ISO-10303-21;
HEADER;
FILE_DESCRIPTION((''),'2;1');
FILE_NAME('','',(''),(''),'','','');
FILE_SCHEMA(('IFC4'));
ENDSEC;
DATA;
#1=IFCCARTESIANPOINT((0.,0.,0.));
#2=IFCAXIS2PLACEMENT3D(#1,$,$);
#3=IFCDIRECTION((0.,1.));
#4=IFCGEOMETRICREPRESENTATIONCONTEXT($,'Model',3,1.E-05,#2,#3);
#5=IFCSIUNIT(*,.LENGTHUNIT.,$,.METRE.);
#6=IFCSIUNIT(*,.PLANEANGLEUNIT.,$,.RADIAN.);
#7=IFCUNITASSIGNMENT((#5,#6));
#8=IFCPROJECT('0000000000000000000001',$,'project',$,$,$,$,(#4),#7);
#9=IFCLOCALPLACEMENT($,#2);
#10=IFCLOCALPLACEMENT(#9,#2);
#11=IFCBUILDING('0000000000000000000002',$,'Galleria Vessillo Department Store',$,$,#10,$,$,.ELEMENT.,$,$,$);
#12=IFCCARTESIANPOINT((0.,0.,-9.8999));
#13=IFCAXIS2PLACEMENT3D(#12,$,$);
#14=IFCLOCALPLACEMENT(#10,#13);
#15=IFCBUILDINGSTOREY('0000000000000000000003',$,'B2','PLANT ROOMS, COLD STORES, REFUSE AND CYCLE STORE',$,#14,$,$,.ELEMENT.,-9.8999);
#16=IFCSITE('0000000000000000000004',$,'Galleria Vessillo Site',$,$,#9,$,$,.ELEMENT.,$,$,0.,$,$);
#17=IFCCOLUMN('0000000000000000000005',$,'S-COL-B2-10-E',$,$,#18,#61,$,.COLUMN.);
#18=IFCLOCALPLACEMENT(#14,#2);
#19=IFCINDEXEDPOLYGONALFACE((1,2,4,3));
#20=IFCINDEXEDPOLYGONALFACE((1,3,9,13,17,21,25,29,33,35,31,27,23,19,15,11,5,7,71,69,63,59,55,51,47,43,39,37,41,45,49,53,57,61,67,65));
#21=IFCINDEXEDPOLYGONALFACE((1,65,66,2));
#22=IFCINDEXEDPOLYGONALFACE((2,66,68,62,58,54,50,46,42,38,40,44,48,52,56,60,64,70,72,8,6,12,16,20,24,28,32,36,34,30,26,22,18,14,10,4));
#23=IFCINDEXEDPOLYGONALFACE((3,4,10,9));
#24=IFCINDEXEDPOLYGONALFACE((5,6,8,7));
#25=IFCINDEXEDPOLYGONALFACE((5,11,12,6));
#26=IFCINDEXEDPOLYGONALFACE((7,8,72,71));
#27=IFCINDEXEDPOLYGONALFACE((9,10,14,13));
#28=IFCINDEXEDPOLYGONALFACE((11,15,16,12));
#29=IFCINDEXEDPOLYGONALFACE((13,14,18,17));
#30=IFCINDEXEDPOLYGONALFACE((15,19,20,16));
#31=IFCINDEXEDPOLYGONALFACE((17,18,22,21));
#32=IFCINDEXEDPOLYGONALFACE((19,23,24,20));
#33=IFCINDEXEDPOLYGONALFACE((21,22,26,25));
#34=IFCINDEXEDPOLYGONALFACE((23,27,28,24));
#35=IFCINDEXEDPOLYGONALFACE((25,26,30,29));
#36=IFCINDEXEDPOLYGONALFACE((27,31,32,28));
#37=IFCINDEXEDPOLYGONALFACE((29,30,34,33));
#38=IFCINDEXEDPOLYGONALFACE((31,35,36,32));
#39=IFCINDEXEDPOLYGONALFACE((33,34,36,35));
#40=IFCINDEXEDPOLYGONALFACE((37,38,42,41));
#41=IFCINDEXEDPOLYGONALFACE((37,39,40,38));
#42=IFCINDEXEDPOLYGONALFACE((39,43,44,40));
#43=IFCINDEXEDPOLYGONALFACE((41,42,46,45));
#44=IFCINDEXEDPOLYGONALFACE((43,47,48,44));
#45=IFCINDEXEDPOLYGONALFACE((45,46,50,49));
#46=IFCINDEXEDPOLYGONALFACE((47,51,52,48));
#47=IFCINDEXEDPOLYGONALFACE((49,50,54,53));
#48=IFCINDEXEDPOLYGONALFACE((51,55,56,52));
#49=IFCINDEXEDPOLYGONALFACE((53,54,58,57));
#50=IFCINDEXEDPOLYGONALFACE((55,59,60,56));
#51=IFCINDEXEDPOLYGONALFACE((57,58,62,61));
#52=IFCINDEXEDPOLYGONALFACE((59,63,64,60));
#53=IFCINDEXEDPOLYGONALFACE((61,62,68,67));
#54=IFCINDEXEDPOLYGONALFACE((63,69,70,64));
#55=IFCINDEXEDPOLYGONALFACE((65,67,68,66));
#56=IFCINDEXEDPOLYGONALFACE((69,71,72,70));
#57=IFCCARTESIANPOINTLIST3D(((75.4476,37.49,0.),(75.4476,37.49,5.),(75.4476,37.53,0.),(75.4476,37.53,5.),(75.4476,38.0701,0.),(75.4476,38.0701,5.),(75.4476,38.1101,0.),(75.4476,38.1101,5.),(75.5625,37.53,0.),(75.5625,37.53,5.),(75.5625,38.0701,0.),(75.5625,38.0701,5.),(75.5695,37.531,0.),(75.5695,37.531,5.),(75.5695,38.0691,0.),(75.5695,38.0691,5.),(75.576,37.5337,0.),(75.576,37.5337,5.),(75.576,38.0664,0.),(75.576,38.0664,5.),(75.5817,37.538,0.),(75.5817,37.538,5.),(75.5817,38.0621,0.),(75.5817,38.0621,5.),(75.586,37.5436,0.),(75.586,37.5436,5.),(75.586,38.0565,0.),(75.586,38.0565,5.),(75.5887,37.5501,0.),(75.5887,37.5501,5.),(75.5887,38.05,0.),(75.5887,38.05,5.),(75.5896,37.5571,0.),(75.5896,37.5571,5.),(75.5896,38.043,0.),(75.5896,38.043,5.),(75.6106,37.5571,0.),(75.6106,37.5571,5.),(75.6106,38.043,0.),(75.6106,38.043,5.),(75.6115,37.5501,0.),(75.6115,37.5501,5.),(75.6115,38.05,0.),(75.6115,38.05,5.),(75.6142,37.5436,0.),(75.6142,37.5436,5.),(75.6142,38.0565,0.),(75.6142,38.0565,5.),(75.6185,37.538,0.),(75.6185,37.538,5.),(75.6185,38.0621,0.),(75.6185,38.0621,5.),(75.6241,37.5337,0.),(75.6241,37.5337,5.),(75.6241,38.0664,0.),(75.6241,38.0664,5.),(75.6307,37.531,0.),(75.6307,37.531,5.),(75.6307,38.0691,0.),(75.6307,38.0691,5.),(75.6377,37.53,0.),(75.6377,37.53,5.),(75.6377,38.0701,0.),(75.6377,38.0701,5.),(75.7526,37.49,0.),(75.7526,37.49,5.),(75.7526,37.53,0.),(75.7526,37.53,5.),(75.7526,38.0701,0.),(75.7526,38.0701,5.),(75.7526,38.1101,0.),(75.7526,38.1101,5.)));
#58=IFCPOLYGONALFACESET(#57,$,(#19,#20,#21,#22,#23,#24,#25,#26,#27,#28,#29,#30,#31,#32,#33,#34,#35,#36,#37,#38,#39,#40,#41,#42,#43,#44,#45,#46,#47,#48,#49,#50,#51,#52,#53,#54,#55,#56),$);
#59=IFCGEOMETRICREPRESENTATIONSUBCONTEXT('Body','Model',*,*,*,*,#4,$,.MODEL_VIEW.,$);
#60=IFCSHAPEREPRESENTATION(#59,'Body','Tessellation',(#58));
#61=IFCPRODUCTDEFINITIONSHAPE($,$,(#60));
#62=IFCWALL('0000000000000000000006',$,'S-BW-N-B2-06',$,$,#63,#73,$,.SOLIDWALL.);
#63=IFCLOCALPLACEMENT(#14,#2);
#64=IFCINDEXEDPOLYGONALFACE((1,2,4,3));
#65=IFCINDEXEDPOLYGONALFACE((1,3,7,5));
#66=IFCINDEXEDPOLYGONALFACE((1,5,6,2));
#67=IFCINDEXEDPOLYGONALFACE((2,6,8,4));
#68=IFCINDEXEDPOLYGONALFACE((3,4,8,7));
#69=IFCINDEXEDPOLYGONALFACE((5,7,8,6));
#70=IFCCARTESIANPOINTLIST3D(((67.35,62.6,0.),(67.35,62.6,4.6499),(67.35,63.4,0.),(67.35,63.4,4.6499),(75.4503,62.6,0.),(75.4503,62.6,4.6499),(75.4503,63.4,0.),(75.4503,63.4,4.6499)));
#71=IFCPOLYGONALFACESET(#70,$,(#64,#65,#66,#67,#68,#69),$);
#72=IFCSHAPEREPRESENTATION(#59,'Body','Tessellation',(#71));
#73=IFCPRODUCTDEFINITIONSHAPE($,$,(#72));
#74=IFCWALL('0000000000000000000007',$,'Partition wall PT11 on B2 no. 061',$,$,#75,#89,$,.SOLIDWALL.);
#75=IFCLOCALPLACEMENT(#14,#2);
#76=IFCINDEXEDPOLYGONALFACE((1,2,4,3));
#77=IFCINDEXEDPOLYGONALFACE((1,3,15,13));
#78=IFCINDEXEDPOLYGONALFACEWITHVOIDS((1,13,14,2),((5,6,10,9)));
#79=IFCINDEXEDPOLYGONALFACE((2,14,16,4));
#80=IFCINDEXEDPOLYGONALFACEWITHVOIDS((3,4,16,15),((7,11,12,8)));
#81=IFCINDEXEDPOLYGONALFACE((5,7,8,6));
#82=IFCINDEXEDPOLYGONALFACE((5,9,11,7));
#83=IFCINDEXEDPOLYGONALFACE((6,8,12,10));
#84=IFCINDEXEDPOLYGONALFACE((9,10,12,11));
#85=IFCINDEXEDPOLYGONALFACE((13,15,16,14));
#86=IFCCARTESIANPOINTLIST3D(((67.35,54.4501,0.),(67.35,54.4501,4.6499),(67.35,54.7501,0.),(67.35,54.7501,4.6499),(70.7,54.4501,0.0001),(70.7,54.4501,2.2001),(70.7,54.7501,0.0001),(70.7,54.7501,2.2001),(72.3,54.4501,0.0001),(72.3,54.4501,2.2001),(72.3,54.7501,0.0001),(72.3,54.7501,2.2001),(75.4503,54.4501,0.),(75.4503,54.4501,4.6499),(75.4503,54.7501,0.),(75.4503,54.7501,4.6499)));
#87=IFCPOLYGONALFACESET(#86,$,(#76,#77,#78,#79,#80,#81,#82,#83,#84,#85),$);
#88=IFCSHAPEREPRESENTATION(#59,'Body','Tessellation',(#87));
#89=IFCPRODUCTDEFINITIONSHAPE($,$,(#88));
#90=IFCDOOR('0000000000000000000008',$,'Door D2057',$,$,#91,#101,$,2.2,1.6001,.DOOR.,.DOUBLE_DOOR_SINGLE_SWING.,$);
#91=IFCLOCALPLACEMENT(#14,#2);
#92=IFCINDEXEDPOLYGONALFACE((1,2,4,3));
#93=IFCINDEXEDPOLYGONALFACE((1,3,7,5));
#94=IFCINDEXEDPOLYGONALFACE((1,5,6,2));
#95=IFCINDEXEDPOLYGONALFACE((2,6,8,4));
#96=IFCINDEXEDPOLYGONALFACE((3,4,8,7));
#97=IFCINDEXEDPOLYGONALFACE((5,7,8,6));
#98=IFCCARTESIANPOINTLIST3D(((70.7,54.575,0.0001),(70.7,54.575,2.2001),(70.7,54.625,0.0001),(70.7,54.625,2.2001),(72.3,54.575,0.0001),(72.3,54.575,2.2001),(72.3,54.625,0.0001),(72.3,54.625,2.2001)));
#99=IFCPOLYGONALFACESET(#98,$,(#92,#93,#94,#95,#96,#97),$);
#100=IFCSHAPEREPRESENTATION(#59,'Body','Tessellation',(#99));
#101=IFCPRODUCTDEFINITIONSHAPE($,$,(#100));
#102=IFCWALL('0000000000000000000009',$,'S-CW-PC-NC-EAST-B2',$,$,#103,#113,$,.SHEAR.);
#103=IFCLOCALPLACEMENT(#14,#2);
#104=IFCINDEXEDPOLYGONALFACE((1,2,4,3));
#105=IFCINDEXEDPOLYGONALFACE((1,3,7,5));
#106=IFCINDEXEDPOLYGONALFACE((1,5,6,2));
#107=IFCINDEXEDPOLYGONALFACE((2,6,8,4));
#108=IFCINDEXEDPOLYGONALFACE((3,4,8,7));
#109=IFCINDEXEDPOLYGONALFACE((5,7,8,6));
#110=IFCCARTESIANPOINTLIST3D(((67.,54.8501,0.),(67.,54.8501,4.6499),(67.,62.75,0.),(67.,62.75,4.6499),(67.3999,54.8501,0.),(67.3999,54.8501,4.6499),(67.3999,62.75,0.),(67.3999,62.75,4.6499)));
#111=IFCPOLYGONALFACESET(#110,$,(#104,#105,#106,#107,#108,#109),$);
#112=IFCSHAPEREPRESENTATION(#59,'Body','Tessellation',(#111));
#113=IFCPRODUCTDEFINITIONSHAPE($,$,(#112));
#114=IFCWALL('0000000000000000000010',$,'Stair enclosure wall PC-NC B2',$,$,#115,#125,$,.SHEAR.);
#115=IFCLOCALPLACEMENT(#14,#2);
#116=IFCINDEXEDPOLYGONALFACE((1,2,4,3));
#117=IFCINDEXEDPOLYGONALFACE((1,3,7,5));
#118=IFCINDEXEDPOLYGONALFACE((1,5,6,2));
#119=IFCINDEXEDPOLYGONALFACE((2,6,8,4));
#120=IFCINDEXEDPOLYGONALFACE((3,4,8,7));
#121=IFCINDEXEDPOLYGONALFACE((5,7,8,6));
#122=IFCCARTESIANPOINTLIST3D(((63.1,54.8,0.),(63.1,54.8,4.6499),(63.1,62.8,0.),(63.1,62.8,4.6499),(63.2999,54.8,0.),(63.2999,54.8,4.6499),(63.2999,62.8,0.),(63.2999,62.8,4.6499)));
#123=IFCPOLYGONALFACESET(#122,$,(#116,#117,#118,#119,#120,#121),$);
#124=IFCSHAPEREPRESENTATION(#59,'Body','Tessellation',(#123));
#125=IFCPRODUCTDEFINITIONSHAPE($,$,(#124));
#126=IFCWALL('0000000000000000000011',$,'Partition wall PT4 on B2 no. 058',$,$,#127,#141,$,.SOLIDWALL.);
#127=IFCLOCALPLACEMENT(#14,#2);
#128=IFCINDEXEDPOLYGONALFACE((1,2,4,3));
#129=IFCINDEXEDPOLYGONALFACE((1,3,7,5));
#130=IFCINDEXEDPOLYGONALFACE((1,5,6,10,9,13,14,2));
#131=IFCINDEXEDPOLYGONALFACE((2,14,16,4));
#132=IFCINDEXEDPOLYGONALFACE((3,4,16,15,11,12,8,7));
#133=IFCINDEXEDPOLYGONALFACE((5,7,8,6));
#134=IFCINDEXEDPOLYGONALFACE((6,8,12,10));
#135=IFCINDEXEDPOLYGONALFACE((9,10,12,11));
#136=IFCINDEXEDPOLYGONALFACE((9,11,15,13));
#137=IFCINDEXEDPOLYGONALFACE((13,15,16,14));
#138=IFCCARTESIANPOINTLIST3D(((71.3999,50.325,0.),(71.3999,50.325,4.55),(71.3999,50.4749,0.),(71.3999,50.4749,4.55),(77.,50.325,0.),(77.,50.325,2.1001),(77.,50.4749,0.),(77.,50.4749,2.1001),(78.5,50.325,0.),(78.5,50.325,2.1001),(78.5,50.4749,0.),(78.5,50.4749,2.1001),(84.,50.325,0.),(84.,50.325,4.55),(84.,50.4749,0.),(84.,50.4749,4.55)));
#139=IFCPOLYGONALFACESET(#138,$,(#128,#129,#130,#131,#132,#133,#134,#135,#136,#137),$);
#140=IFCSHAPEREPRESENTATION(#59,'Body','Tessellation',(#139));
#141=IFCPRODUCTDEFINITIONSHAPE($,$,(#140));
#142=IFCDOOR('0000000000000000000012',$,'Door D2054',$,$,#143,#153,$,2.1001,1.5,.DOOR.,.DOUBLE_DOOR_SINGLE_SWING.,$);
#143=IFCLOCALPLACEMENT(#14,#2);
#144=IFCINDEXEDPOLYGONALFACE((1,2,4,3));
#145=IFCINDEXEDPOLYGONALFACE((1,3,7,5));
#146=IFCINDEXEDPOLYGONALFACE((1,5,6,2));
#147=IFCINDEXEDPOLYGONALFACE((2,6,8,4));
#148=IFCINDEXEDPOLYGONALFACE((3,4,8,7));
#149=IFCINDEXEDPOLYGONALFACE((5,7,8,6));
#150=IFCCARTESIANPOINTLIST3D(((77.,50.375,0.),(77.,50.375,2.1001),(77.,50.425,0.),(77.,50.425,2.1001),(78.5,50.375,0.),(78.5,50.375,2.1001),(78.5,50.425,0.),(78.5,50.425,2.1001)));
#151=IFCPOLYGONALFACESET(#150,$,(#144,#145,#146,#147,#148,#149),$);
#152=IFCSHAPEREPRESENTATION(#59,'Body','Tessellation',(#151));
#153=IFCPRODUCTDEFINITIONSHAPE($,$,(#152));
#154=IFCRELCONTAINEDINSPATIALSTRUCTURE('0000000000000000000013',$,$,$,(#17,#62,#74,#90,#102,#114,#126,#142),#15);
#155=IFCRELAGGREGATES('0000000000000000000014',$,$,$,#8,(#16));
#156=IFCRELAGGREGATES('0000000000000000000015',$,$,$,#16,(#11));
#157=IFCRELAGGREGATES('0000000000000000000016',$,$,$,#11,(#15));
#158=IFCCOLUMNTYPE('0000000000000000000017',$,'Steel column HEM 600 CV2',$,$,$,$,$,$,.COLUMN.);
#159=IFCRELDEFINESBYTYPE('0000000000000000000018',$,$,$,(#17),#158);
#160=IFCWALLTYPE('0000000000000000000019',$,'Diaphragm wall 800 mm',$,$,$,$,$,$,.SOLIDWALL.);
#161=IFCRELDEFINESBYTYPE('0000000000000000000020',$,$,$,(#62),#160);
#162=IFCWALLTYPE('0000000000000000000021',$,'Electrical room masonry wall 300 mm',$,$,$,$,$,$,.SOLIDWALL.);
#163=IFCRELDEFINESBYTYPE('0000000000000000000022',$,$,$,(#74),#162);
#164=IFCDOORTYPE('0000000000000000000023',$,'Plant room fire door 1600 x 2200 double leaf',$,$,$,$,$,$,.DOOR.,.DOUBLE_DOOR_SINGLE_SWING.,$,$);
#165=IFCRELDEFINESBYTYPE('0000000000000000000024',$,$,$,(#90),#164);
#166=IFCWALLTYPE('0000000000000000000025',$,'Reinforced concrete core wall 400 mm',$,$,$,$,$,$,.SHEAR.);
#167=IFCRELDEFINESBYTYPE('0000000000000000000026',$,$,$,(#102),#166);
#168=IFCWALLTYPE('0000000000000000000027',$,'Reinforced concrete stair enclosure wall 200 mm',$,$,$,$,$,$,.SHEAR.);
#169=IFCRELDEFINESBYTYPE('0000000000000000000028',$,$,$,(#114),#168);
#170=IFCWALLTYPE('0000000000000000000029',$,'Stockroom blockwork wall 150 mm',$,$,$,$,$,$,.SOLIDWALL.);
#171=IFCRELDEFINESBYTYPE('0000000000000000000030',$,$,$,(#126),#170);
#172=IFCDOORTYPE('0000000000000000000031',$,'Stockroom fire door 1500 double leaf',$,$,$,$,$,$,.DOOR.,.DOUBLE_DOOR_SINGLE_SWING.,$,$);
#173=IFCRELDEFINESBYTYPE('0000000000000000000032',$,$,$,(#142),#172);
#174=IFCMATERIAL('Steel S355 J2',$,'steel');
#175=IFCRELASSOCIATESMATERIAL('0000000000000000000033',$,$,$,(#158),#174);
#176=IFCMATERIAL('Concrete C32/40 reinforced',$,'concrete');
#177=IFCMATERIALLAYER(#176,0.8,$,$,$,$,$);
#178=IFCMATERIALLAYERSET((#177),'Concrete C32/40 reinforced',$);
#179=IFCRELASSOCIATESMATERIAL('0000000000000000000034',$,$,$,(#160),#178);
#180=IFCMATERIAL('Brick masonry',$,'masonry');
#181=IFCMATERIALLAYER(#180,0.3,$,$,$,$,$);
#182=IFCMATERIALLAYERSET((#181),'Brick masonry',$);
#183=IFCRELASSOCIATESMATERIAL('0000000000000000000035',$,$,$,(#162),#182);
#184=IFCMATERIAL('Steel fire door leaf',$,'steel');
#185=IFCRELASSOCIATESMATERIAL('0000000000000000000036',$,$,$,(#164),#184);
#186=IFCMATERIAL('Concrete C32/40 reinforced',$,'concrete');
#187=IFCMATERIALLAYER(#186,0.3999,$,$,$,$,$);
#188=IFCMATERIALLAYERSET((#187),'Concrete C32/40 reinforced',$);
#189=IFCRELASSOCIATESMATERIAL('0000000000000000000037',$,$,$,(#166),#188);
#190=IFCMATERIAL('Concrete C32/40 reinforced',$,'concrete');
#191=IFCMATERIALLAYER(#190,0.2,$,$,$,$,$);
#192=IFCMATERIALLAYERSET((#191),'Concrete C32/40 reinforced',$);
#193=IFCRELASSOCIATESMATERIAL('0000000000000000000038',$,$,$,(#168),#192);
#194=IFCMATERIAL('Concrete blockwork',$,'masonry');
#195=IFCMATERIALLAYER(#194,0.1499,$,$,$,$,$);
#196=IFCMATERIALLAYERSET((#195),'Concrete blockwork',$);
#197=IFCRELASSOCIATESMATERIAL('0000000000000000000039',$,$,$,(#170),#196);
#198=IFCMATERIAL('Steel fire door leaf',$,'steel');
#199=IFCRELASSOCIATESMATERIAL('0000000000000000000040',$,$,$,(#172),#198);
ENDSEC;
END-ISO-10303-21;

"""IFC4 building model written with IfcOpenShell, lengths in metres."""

from ifc_helpers import new_model, si_unit, direction, frame, frame_2d, origin, origin_2d, place, context, subcontext, project, spatial, rectangle, i_section, extrude, material, layer, layer_set, material_profile, profile_set, type_object, element, fill, save


model = new_model("IFC4")

# Units and contexts
model_context = context("Model", 3, precision=1e-05, world=origin(), true_north=direction((0.0, 1.0)))
body_context = subcontext(model_context, "Body", "Model", "MODEL_VIEW")
ifc_project = project(units=[si_unit("LENGTHUNIT", "METRE"), si_unit("PLANEANGLEUNIT", "RADIAN")], contexts=[model_context])

# Site, building, storey
site_placement = place(None, origin())
site = spatial("IfcSite", under=ifc_project, at=site_placement, Name="Galleria Vessillo Site", CompositionType="ELEMENT", RefElevation=0.0)
building_placement = place(site_placement, origin())
building = spatial("IfcBuilding", under=site, at=building_placement, Name="Galleria Vessillo Department Store", CompositionType="ELEMENT")
storey_placement = place(building_placement, frame((0.0, 0.0, -9.8999)))
storey = spatial("IfcBuildingStorey", under=building, at=storey_placement, Name="B2", Description="PLANT ROOMS, COLD STORES, REFUSE AND CYCLE STORE", CompositionType="ELEMENT", Elevation=-9.8999)

# Column
ifc_material_1 = material(Name="Steel S355 J2", Category="steel")
ifc_material_profile_1 = material_profile(ifc_material_1, i_section(OverallWidth=0.3049, OverallDepth=0.6201, WebThickness=0.021, FlangeThickness=0.04, FilletRadius=0.0271, at=origin_2d()), Name="HEM 600")
ifc_profile_set_1 = profile_set([ifc_material_profile_1], Name="Steel S355 J2")
column_type_1 = type_object("IfcColumnType", Name="Steel column HEM 600 CV2", PredefinedType="COLUMN", material=ifc_profile_set_1)
column_1_placement = place(storey_placement, frame((75.6001, 37.8, 0.0), z_axis=(0.0, 0.0, 1.0), x_axis=(1.0, 0.0, 0.0)))
element("IfcColumn", 1, at=column_1_placement, inside=storey, type_object=column_type_1, Name="S-COL-B2-10-E", PredefinedType="COLUMN", context=body_context, shape_type="SweptSolid", body=[
    extrude(i_section(OverallWidth=0.3049, OverallDepth=0.6201, WebThickness=0.021, FlangeThickness=0.04, FilletRadius=0.0271, at=origin_2d()), origin(), (0.0, 0.0, 1.0), 5.0),
])

# Wall
ifc_material_2 = material(Name="Concrete C32/40 reinforced", Category="concrete")
ifc_layer_1 = layer(ifc_material_2, 0.8)
ifc_layer_set_1 = layer_set([ifc_layer_1], Name="Concrete C32/40 reinforced")
wall_type_1 = type_object("IfcWallType", Name="Diaphragm wall 800 mm", PredefinedType="SOLIDWALL", material=ifc_layer_set_1)
wall_1_placement = place(storey_placement, frame((67.3499, 63.0, 0.0), z_axis=(0.0, 0.0, 1.0), x_axis=(1.0, 0.0, 0.0)))
element("IfcWall", 2, at=wall_1_placement, inside=storey, type_object=wall_type_1, Name="S-BW-N-B2-06", PredefinedType="SOLIDWALL", context=body_context, shape_type="SweptSolid", body=[
    extrude(rectangle(XDim=8.1003, YDim=0.8, at=frame_2d((4.0503, 0.0))), origin(), (0.0, 0.0, 1.0), 4.6499),
])

# Wall, opening, door
ifc_material_3 = material(Name="Brick masonry", Category="masonry")
ifc_layer_2 = layer(ifc_material_3, 0.3)
ifc_layer_set_2 = layer_set([ifc_layer_2], Name="Brick masonry")
wall_type_2 = type_object("IfcWallType", Name="Electrical room masonry wall 300 mm", PredefinedType="SOLIDWALL", material=ifc_layer_set_2)
wall_2_placement = place(storey_placement, frame((67.3499, 54.6001, 0.0), z_axis=(0.0, 0.0, 1.0), x_axis=(1.0, 0.0, 0.0)))
wall_2 = element("IfcWall", 3, at=wall_2_placement, inside=storey, type_object=wall_type_2, Name="Partition wall PT11 on B2 no. 061", PredefinedType="SOLIDWALL", context=body_context, shape_type="SweptSolid", body=[
    extrude(rectangle(XDim=8.1003, YDim=0.3, at=frame_2d((4.0503, 0.0))), origin(), (0.0, 0.0, 1.0), 4.6499),
])
opening_1_placement = place(wall_2_placement, frame((3.3501, 0.0, 0.0)))
opening_1 = element("IfcOpeningElement", 4, at=opening_1_placement, cuts=wall_2, PredefinedType="OPENING", context=body_context, shape_type="SweptSolid", body=[
    extrude(rectangle(XDim=1.6001, YDim=2.2, at=frame_2d((0.8, 1.1001))), frame((0.0, 0.1602, 0.0), z_axis=(0.0, -1.0, 0.0), x_axis=(1.0, 0.0, 0.0)), (0.0, 0.0, 1.0), 0.3201),
])
ifc_material_4 = material(Name="Steel fire door leaf", Category="steel")
door_type_1 = type_object("IfcDoorType", Name="Plant room fire door 1600 x 2200 double leaf", OperationType="DOUBLE_DOOR_SINGLE_SWING", PredefinedType="DOOR", material=ifc_material_4)
door_1_placement = place(opening_1_placement, origin())
door_1 = element("IfcDoor", 5, at=door_1_placement, inside=storey, type_object=door_type_1, Name="Door D2057", OperationType="DOUBLE_DOOR_SINGLE_SWING", OverallHeight=2.2, OverallWidth=1.6001, PredefinedType="DOOR", context=body_context, shape_type="SweptSolid", body=[
    extrude(rectangle(XDim=1.6001, YDim=2.2, at=frame_2d((0.8, 1.1001))), frame((0.0, 0.0249, 0.0), z_axis=(0.0, -1.0, 0.0), x_axis=(1.0, 0.0, 0.0)), (0.0, 0.0, 1.0), 0.05),
])
fill(opening_1, door_1)

# Walls
ifc_material_5 = material(Name="Concrete C32/40 reinforced", Category="concrete")
ifc_layer_3 = layer(ifc_material_5, 0.3999)
ifc_layer_set_3 = layer_set([ifc_layer_3], Name="Concrete C32/40 reinforced")
wall_type_3 = type_object("IfcWallType", Name="Reinforced concrete core wall 400 mm", PredefinedType="SHEAR", material=ifc_layer_set_3)
wall_3_placement = place(storey_placement, frame((67.2, 54.8501, 0.0), z_axis=(0.0, 0.0, 1.0), x_axis=(0.0, 1.0, 0.0)))
element("IfcWall", 6, at=wall_3_placement, inside=storey, type_object=wall_type_3, Name="S-CW-PC-NC-EAST-B2", PredefinedType="SHEAR", context=body_context, shape_type="SweptSolid", body=[
    extrude(rectangle(XDim=7.8999, YDim=0.3999, at=frame_2d((3.95, 0.0))), origin(), (0.0, 0.0, 1.0), 4.6499),
])
ifc_material_6 = material(Name="Concrete C32/40 reinforced", Category="concrete")
ifc_layer_4 = layer(ifc_material_6, 0.2)
ifc_layer_set_4 = layer_set([ifc_layer_4], Name="Concrete C32/40 reinforced")
wall_type_4 = type_object("IfcWallType", Name="Reinforced concrete stair enclosure wall 200 mm", PredefinedType="SHEAR", material=ifc_layer_set_4)
wall_4_placement = place(storey_placement, frame((63.2, 62.8, 0.0), z_axis=(0.0, 0.0, 1.0), x_axis=(0.0, -1.0, 0.0)))
element("IfcWall", 7, at=wall_4_placement, inside=storey, type_object=wall_type_4, Name="Stair enclosure wall PC-NC B2", PredefinedType="SHEAR", context=body_context, shape_type="SweptSolid", body=[
    extrude(rectangle(XDim=8.0, YDim=0.2, at=frame_2d((4.0, 0.0))), origin(), (0.0, 0.0, 1.0), 4.6499),
])

# Wall, opening, door
ifc_material_7 = material(Name="Concrete blockwork", Category="masonry")
ifc_layer_5 = layer(ifc_material_7, 0.1499)
ifc_layer_set_5 = layer_set([ifc_layer_5], Name="Concrete blockwork")
wall_type_5 = type_object("IfcWallType", Name="Stockroom blockwork wall 150 mm", PredefinedType="SOLIDWALL", material=ifc_layer_set_5)
wall_5_placement = place(storey_placement, frame((71.3999, 50.3999, 0.0), z_axis=(0.0, 0.0, 1.0), x_axis=(1.0, 0.0, 0.0)))
wall_5 = element("IfcWall", 8, at=wall_5_placement, inside=storey, type_object=wall_type_5, Name="Partition wall PT4 on B2 no. 058", PredefinedType="SOLIDWALL", context=body_context, shape_type="SweptSolid", body=[
    extrude(rectangle(XDim=12.6001, YDim=0.1499, at=frame_2d((6.3, 0.0))), origin(), (0.0, 0.0, 1.0), 4.55),
])
opening_2_placement = place(wall_5_placement, frame((5.6001, 0.0, 0.0)))
opening_2 = element("IfcOpeningElement", 9, at=opening_2_placement, cuts=wall_5, PredefinedType="OPENING", context=body_context, shape_type="SweptSolid", body=[
    extrude(rectangle(XDim=1.5, YDim=2.1001, at=frame_2d((0.75, 1.05))), frame((0.0, 0.085, 0.0), z_axis=(0.0, -1.0, 0.0), x_axis=(1.0, 0.0, 0.0)), (0.0, 0.0, 1.0), 0.1699),
])
ifc_material_8 = material(Name="Steel fire door leaf", Category="steel")
door_type_2 = type_object("IfcDoorType", Name="Stockroom fire door 1500 double leaf", OperationType="DOUBLE_DOOR_SINGLE_SWING", PredefinedType="DOOR", material=ifc_material_8)
door_2_placement = place(opening_2_placement, frame((1.5, 0.0, 0.0), z_axis=(0.0, 0.0, 1.0), x_axis=(-1.0, 0.0, 0.0)))
door_2 = element("IfcDoor", 10, at=door_2_placement, inside=storey, type_object=door_type_2, Name="Door D2054", OperationType="DOUBLE_DOOR_SINGLE_SWING", OverallHeight=2.1001, OverallWidth=1.5, PredefinedType="DOOR", context=body_context, shape_type="SweptSolid", body=[
    extrude(rectangle(XDim=1.5, YDim=2.1001, at=frame_2d((0.75, 1.05))), frame((0.0, 0.0249, 0.0), z_axis=(0.0, -1.0, 0.0), x_axis=(1.0, 0.0, 0.0)), (0.0, 0.0, 1.0), 0.05),
])
fill(opening_2, door_2)

save(model, "model.ifc")
